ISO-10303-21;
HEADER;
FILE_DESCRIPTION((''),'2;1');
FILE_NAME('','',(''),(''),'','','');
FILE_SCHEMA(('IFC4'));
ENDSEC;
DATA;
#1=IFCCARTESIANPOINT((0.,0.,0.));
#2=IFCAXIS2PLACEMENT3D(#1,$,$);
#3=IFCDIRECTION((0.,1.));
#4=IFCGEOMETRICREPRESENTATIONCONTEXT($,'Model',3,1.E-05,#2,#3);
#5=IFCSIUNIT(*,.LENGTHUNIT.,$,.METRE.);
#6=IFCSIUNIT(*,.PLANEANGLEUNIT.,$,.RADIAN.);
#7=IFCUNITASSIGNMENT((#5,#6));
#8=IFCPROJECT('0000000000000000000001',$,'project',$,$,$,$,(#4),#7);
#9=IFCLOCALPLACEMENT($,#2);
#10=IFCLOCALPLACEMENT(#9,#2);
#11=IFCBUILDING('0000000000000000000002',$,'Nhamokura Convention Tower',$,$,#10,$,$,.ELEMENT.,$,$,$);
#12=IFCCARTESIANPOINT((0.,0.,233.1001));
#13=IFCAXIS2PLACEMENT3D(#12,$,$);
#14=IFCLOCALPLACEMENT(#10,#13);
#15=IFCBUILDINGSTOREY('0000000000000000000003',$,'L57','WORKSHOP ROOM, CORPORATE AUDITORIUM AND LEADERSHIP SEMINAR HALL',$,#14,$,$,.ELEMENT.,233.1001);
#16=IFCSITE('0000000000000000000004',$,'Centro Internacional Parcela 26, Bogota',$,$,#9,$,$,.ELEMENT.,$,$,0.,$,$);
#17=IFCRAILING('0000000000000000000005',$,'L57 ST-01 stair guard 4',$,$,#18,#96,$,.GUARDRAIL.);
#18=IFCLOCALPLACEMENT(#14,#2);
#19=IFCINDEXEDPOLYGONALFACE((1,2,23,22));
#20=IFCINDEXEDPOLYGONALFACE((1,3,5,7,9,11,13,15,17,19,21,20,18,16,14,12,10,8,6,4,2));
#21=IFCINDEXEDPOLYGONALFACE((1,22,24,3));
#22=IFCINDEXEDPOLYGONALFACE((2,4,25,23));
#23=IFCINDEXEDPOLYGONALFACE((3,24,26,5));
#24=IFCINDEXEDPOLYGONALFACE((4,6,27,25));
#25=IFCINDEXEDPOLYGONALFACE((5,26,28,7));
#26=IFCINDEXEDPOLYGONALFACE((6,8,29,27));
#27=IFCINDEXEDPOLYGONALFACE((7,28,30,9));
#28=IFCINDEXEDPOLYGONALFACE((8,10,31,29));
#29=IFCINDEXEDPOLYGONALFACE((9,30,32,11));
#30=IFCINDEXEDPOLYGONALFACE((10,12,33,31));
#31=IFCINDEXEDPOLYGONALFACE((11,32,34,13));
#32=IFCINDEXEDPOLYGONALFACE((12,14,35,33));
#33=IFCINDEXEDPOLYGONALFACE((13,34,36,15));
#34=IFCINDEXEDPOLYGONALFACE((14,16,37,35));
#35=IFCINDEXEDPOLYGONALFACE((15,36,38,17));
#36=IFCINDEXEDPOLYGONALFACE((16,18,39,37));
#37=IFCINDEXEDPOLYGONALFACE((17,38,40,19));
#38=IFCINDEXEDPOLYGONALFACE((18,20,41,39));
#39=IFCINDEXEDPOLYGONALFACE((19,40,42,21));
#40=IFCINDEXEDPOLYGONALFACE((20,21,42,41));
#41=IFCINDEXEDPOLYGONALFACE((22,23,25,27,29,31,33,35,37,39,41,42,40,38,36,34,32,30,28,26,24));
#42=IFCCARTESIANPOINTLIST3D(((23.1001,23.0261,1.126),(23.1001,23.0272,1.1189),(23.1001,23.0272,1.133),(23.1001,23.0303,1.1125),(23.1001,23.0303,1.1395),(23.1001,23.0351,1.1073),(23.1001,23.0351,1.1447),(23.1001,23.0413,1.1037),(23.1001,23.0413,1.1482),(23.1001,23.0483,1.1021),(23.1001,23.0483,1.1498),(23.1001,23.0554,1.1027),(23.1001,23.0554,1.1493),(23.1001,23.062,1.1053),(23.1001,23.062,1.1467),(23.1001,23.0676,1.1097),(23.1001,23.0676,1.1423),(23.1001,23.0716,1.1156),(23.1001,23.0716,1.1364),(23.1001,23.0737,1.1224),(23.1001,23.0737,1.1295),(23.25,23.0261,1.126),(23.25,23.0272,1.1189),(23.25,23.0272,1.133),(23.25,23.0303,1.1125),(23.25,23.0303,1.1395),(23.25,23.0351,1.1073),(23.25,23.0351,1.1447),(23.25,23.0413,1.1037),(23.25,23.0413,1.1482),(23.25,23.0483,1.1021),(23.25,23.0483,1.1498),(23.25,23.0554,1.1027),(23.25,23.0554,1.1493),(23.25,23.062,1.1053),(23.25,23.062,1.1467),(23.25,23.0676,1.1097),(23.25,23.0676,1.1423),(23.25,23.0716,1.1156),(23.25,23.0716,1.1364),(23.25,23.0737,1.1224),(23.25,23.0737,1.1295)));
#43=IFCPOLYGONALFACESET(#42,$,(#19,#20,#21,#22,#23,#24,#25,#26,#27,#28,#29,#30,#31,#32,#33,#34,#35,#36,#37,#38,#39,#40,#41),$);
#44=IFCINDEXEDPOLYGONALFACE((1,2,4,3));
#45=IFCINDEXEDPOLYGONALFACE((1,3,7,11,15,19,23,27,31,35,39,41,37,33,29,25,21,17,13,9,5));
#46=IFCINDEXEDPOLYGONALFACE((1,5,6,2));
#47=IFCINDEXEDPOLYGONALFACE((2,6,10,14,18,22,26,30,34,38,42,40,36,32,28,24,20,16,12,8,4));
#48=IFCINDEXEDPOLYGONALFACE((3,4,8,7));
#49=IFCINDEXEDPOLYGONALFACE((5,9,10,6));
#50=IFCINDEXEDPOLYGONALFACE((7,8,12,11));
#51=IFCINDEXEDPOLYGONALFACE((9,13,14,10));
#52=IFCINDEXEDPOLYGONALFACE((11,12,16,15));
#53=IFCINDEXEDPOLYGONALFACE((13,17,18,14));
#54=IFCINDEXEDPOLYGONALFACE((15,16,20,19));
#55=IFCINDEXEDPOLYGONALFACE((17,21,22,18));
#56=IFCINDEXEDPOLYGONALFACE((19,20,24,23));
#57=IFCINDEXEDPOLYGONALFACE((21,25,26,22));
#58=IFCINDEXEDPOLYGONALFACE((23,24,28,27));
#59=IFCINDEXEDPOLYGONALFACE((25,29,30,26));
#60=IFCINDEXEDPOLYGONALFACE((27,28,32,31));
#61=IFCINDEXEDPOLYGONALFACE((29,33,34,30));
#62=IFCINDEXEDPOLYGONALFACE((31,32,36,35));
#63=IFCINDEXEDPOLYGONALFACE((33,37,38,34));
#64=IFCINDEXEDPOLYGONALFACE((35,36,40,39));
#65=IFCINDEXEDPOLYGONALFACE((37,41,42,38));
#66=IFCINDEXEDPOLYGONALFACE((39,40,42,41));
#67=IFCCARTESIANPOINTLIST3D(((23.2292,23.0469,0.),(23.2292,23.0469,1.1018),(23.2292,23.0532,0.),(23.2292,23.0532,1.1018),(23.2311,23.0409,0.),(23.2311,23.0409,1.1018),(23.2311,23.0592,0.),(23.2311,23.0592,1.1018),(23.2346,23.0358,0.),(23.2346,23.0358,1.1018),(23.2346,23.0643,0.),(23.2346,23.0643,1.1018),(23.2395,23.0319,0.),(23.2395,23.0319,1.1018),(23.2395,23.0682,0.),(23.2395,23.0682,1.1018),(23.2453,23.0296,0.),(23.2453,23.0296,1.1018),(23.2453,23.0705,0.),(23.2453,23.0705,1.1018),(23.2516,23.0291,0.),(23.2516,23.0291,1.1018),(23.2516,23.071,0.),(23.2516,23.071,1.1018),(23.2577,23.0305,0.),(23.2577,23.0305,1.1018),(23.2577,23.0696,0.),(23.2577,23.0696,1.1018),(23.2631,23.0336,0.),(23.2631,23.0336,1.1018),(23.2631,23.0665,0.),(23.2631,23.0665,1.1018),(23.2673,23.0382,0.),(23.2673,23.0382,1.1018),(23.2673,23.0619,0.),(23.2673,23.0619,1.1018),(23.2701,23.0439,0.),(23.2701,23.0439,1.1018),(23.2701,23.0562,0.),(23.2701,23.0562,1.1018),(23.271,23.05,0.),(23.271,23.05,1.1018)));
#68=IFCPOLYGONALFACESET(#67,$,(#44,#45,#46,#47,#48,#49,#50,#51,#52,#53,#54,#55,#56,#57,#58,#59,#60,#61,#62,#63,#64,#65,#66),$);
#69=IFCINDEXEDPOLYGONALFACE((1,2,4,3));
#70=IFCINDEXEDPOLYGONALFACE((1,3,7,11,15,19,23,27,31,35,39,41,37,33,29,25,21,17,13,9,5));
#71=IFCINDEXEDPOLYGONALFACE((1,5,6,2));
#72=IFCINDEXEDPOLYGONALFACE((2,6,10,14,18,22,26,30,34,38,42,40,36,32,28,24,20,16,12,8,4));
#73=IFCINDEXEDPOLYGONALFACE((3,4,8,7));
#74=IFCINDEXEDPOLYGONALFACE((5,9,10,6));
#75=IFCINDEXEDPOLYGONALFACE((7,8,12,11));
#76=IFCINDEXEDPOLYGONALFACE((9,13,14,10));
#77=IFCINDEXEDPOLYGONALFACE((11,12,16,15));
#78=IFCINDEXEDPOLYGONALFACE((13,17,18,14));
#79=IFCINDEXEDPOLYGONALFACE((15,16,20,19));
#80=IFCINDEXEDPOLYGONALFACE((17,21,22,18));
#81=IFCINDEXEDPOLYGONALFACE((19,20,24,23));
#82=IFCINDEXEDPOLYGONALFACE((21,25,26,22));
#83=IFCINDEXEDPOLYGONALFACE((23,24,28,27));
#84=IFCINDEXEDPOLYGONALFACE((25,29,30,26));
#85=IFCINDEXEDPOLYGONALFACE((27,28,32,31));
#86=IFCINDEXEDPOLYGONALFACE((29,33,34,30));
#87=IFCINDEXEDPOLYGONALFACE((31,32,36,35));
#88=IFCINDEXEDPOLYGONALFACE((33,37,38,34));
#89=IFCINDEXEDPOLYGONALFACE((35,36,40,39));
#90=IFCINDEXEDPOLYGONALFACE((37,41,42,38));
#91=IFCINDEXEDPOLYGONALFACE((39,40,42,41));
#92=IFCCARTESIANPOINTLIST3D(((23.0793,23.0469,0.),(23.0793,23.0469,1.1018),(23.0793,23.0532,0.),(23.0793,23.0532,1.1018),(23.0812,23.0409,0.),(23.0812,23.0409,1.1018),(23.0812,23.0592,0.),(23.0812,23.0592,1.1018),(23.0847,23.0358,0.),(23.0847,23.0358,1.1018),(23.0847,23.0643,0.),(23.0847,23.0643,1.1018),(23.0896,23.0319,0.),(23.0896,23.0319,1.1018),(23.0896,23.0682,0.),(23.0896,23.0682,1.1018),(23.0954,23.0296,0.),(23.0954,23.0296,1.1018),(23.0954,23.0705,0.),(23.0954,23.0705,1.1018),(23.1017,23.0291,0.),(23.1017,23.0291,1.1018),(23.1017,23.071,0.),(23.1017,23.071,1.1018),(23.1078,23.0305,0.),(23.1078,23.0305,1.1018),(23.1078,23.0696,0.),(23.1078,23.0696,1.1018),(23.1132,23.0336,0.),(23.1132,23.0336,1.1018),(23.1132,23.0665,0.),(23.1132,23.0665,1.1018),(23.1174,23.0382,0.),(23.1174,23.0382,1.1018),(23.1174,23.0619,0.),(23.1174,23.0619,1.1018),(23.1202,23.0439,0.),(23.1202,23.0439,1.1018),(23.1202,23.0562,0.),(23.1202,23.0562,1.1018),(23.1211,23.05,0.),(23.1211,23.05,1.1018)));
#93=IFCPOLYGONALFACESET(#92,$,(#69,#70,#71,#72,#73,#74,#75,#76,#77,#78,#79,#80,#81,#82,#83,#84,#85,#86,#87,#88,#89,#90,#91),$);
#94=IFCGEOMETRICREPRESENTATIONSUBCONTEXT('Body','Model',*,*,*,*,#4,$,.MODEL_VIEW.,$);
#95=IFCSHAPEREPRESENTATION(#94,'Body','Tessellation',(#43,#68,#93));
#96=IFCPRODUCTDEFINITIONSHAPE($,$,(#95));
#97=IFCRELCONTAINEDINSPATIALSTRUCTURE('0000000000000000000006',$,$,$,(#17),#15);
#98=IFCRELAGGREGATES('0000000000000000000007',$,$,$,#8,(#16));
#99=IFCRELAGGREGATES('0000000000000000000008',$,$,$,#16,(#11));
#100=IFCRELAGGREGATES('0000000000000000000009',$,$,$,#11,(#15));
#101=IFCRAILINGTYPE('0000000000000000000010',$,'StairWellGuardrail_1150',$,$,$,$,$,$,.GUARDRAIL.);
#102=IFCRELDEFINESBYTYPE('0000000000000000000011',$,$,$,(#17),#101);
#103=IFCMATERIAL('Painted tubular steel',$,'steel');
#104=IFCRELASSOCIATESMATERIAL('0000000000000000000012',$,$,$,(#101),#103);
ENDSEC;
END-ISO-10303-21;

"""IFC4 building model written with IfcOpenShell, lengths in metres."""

from ifc_helpers import new_model, si_unit, direction, frame, origin, origin_2d, place, context, subcontext, project, spatial, circle, extrude, material, type_object, element, save


model = new_model("IFC4")

# Units and contexts
model_context = context("Model", 3, precision=1e-05, world=origin(), true_north=direction((0.0, 1.0)))
body_context = subcontext(model_context, "Body", "Model", "MODEL_VIEW")
ifc_project = project(units=[si_unit("LENGTHUNIT", "METRE"), si_unit("PLANEANGLEUNIT", "RADIAN")], contexts=[model_context])

# Site, building, storey
site_placement = place(None, origin())
site = spatial("IfcSite", under=ifc_project, at=site_placement, Name="Centro Internacional Parcela 26, Bogota", CompositionType="ELEMENT", RefElevation=0.0)
building_placement = place(site_placement, origin())
building = spatial("IfcBuilding", under=site, at=building_placement, Name="Nhamokura Convention Tower", CompositionType="ELEMENT")
storey_placement = place(building_placement, frame((0.0, 0.0, 233.1001)))
storey = spatial("IfcBuildingStorey", under=building, at=storey_placement, Name="L57", Description="WORKSHOP ROOM, CORPORATE AUDITORIUM AND LEADERSHIP SEMINAR HALL", CompositionType="ELEMENT", Elevation=233.1001)

# Railing
ifc_material_1 = material(Name="Painted tubular steel", Category="steel")
railing_type_1 = type_object("IfcRailingType", Name="StairWellGuardrail_1150", PredefinedType="GUARDRAIL", material=ifc_material_1)
railing_1_placement = place(storey_placement, frame((23.25, 23.05, 0.0)))
element("IfcRailing", 1, at=railing_1_placement, inside=storey, type_object=railing_type_1, Name="L57 ST-01 stair guard 4", PredefinedType="GUARDRAIL", context=body_context, shape_type="SweptSolid", body=[
    extrude(circle(Radius=0.0239, at=origin_2d()), frame((0.0, 0.0, 1.126), z_axis=(-1.0, 0.0, 0.0), x_axis=(0.0, -1.0, 0.0)), (0.0, 0.0, 1.0), 0.1499),
    extrude(circle(Radius=0.021, at=origin_2d()), origin(), (0.0, 0.0, 1.0), 1.1018),
    extrude(circle(Radius=0.021, at=origin_2d()), frame((-0.1499, 0.0, 0.0)), (0.0, 0.0, 1.0), 1.1018),
])

save(model, "model.ifc")
